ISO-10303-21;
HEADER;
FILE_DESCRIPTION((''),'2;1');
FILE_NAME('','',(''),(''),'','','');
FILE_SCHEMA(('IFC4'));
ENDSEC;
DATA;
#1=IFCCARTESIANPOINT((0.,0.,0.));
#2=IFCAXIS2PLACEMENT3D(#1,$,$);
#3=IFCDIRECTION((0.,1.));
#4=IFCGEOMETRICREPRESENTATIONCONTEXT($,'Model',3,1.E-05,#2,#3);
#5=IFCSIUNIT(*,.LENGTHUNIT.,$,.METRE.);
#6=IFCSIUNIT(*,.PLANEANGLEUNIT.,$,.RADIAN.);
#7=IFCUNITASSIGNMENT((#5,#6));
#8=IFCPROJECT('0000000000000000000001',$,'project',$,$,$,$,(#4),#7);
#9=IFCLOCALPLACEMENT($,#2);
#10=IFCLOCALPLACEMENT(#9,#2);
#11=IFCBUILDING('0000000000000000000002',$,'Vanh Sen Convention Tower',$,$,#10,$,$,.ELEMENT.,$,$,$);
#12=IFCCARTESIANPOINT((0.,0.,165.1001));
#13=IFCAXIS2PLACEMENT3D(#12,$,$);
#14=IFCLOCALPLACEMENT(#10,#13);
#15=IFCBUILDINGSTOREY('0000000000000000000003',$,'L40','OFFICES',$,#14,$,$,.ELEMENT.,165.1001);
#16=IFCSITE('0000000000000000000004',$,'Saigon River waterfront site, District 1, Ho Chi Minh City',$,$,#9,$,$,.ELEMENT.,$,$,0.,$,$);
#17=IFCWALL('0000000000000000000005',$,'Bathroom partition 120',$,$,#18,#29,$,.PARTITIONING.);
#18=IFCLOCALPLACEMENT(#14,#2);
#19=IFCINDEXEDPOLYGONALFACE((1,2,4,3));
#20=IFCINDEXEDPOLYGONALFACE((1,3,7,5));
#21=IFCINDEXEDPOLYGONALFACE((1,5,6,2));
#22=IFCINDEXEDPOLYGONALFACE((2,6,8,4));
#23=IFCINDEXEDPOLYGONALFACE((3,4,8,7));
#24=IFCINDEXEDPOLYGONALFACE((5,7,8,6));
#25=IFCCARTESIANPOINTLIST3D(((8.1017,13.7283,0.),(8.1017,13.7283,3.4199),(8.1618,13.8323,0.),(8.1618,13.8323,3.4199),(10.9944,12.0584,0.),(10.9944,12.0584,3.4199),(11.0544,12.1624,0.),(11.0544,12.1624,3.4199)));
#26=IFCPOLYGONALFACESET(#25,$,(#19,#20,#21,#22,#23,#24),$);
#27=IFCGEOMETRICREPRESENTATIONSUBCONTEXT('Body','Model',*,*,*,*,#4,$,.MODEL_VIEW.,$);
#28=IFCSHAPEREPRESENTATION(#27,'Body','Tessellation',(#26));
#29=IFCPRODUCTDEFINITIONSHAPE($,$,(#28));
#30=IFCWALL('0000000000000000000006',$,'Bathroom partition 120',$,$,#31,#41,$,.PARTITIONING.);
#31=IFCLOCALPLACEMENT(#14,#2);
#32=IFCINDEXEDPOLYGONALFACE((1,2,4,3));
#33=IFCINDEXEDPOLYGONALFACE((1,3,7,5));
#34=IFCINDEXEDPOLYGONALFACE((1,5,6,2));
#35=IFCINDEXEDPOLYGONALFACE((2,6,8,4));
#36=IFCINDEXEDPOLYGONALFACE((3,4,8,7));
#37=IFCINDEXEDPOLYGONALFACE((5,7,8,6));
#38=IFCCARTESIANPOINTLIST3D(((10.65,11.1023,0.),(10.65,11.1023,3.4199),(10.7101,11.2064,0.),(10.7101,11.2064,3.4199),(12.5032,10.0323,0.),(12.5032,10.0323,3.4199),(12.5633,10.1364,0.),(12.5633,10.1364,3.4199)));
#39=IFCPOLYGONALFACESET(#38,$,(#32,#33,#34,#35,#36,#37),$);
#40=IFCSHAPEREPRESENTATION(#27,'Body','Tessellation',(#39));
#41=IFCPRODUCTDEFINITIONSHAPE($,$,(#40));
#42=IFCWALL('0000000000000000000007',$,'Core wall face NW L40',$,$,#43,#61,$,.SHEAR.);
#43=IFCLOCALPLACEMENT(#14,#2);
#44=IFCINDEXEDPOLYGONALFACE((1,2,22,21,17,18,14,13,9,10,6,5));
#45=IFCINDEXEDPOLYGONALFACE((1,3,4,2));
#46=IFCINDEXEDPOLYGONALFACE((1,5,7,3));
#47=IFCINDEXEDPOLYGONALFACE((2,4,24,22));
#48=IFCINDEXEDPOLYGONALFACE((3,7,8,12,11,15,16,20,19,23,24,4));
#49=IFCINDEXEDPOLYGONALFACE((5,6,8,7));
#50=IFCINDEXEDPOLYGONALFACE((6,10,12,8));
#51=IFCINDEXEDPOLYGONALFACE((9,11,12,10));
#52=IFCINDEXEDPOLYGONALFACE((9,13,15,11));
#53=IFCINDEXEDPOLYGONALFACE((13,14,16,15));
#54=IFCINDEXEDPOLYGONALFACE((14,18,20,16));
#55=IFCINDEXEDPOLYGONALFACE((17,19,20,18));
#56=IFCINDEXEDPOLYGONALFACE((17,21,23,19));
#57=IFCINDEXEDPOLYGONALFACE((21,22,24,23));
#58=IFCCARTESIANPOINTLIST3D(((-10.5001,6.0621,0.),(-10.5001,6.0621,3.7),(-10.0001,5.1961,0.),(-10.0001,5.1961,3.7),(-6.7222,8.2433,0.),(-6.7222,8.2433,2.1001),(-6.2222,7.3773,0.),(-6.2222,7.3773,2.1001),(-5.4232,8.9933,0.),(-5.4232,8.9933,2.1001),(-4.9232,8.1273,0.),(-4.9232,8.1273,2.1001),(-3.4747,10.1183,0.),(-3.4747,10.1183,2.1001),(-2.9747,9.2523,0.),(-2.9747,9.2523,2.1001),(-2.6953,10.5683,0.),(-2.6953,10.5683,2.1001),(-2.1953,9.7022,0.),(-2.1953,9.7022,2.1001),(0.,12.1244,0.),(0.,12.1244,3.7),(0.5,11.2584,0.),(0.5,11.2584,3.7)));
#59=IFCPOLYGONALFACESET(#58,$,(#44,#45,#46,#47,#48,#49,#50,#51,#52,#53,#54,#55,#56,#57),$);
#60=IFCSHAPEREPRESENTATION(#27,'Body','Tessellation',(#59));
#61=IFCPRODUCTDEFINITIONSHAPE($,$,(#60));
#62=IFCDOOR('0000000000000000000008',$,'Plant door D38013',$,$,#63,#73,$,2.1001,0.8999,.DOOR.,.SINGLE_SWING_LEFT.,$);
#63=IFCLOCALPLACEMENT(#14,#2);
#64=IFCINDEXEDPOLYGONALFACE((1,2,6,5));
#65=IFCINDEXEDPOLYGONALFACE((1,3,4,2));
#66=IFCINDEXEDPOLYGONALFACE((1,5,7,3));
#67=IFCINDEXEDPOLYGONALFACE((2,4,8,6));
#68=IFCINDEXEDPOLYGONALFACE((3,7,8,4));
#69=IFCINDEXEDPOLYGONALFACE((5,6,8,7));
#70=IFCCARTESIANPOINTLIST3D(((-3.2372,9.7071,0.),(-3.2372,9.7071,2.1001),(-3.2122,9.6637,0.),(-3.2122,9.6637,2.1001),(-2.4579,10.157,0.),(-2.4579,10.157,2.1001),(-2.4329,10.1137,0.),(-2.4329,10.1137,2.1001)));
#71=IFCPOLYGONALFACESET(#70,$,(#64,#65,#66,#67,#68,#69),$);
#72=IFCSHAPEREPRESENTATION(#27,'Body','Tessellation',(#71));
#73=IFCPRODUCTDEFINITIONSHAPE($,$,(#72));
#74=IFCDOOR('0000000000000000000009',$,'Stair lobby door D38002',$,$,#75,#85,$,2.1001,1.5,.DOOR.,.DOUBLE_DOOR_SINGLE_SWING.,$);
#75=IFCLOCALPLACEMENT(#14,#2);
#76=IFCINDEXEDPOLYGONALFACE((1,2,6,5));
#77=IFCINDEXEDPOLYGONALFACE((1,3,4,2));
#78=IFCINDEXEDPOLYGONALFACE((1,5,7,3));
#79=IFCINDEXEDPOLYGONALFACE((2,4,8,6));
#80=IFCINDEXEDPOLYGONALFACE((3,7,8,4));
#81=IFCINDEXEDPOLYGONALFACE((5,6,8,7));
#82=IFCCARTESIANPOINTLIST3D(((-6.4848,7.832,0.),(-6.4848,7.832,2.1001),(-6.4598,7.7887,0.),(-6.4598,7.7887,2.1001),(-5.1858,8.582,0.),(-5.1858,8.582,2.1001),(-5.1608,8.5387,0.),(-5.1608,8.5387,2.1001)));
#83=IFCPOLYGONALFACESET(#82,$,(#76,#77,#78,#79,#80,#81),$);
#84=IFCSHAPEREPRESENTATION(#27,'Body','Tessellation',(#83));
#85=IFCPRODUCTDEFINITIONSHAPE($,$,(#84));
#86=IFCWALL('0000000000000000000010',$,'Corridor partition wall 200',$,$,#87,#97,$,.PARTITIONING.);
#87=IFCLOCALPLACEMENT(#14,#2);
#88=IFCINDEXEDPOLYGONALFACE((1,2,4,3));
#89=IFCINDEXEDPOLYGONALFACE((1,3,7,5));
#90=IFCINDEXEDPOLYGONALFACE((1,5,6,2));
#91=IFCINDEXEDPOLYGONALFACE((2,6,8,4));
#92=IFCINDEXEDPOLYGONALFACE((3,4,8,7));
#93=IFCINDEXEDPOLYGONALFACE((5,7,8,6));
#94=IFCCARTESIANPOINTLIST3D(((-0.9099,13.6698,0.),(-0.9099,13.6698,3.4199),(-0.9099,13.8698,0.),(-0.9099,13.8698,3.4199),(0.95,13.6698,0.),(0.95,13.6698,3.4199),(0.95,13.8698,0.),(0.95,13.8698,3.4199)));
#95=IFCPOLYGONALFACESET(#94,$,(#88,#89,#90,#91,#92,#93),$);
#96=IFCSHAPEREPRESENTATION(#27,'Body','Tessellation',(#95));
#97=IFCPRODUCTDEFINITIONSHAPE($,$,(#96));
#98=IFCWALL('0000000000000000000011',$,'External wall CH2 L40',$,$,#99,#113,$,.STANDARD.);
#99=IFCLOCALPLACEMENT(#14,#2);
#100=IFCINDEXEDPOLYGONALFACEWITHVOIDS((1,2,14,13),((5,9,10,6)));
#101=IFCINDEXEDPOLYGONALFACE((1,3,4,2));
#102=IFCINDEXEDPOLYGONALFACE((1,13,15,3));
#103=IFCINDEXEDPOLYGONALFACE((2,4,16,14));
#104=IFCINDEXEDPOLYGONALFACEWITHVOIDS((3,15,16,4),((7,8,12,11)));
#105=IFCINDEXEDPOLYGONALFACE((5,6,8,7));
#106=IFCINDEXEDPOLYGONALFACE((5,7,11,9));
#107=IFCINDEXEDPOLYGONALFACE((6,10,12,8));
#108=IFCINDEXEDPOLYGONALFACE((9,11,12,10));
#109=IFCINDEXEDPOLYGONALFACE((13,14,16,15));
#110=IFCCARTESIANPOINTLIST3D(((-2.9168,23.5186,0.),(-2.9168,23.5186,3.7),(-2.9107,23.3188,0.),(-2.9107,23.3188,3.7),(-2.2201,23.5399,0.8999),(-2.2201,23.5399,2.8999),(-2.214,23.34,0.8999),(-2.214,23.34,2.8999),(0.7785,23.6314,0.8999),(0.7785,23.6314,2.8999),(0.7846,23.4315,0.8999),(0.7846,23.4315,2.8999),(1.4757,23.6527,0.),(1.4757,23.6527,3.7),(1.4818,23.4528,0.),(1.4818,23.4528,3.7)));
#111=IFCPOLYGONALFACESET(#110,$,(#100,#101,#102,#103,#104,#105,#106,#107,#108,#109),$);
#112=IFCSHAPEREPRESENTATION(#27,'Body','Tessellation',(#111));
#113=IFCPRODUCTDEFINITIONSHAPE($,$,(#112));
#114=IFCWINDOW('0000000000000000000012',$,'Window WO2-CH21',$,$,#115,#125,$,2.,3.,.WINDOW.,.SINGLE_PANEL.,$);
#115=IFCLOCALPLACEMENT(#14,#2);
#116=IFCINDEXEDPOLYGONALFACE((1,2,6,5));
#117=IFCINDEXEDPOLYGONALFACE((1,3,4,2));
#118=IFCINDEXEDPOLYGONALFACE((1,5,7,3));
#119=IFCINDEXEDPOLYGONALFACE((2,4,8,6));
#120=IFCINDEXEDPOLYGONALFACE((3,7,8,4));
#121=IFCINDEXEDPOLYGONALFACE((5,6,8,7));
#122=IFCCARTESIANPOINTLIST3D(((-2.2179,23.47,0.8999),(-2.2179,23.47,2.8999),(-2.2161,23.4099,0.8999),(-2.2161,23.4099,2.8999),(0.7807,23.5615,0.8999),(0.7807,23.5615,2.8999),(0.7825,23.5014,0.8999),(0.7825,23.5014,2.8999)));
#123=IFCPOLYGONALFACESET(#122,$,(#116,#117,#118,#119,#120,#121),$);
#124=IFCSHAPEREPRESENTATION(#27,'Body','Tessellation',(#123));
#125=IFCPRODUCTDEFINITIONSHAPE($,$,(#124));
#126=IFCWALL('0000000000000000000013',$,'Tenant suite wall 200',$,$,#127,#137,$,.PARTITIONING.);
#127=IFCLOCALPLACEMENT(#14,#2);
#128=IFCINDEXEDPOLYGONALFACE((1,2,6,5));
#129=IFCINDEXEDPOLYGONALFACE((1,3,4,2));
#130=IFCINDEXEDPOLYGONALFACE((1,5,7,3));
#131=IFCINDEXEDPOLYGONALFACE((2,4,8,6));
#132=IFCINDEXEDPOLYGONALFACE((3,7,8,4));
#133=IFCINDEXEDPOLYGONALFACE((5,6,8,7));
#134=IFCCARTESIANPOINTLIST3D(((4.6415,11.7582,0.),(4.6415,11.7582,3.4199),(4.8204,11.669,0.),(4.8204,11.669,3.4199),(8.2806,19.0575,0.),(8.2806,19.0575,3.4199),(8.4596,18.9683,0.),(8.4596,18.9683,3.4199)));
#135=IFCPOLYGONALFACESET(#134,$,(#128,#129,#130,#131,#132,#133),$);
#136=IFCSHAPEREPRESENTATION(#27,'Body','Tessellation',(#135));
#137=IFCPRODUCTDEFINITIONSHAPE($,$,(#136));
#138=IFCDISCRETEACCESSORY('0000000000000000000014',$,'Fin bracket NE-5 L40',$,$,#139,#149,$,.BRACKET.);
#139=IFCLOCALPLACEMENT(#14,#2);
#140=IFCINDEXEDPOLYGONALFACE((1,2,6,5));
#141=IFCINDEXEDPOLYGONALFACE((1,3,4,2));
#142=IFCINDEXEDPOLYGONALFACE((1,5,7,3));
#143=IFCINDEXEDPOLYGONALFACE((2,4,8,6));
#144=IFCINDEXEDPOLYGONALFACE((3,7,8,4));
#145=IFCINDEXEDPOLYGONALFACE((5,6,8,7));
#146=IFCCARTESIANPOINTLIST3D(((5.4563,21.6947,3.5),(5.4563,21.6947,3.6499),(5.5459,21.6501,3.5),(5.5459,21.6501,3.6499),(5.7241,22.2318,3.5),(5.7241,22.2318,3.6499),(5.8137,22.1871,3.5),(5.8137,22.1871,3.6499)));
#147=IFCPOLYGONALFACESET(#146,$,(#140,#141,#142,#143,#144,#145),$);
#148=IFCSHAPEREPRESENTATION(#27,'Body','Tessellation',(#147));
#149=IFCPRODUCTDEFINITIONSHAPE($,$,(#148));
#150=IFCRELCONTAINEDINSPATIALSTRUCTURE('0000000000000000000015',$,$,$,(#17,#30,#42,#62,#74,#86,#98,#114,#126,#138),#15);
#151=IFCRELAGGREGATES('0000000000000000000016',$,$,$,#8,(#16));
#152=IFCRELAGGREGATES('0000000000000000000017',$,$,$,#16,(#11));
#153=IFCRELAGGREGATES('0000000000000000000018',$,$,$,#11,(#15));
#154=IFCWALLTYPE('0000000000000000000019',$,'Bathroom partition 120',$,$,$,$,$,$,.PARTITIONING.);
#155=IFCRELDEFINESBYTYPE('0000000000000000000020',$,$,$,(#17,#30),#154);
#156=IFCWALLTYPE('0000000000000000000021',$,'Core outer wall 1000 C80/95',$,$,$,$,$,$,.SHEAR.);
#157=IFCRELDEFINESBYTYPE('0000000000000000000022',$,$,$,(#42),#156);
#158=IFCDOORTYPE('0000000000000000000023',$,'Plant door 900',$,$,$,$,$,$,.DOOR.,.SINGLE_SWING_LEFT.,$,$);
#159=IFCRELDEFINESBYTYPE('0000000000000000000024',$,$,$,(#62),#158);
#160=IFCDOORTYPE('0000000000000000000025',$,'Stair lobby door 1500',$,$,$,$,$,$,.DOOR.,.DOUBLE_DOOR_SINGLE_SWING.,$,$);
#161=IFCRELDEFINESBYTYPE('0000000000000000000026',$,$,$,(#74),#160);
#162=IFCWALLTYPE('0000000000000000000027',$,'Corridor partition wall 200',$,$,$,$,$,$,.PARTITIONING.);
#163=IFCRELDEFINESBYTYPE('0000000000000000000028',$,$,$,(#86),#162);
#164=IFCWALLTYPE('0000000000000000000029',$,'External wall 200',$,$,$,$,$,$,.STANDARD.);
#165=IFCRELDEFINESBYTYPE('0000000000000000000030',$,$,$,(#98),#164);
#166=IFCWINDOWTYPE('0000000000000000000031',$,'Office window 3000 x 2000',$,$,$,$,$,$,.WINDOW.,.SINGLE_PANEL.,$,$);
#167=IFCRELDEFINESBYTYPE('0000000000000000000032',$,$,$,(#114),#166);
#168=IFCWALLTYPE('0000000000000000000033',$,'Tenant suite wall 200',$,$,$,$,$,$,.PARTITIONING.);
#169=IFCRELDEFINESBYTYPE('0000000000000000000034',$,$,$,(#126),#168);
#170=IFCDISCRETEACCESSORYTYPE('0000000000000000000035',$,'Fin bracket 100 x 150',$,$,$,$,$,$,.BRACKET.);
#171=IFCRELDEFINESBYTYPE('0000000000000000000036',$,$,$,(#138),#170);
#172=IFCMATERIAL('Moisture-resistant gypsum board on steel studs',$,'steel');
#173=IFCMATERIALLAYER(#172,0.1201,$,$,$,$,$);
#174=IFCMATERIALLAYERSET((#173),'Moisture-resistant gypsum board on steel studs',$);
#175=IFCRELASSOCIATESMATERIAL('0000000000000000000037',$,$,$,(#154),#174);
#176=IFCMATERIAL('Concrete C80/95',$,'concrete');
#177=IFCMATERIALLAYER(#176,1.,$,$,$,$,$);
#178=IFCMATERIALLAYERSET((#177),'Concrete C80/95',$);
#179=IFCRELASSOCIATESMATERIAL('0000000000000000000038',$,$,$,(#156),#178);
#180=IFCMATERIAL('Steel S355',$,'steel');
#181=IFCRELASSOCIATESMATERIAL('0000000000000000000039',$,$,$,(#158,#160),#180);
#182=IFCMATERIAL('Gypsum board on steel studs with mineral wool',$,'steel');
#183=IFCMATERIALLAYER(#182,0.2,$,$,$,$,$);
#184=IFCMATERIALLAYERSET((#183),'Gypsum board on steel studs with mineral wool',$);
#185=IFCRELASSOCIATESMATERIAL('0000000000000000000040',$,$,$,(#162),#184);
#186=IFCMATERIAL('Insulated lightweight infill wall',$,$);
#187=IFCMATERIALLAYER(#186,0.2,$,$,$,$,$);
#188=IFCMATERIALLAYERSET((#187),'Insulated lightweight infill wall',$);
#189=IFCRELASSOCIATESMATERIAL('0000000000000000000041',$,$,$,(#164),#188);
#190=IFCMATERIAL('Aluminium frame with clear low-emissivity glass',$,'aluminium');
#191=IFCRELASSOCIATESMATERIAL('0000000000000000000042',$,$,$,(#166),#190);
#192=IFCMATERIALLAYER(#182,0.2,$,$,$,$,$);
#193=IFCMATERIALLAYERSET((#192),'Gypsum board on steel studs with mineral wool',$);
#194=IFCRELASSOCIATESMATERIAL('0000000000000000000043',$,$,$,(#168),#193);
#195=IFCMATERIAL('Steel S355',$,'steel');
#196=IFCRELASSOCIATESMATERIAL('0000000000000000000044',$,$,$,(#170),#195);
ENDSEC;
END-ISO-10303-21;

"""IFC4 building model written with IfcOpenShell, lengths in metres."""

from ifc_helpers import new_model, si_unit, direction, frame, frame_2d, origin, origin_2d, place, context, subcontext, project, spatial, rectangle, extrude, material, layer, layer_set, type_object, element, fill, save


model = new_model("IFC4")

# Units and contexts
model_context = context("Model", 3, precision=1e-05, world=origin(), true_north=direction((0.0, 1.0)))
body_context = subcontext(model_context, "Body", "Model", "MODEL_VIEW")
ifc_project = project(units=[si_unit("LENGTHUNIT", "METRE"), si_unit("PLANEANGLEUNIT", "RADIAN")], contexts=[model_context])

# Site, building, storey
site_placement = place(None, origin())
site = spatial("IfcSite", under=ifc_project, at=site_placement, Name="Saigon River waterfront site, District 1, Ho Chi Minh City", CompositionType="ELEMENT", RefElevation=0.0)
building_placement = place(site_placement, origin())
building = spatial("IfcBuilding", under=site, at=building_placement, Name="Vanh Sen Convention Tower", CompositionType="ELEMENT")
storey_placement = place(building_placement, frame((0.0, 0.0, 165.1001)))
storey = spatial("IfcBuildingStorey", under=building, at=storey_placement, Name="L40", Description="OFFICES", CompositionType="ELEMENT", Elevation=165.1001)

# Shared definitions
ifc_material_1 = material(Name="Concrete C80/95", Category="concrete")

# Walls
ifc_material_2 = material(Name="Moisture-resistant gypsum board on steel studs", Category="steel")
ifc_layer_1 = layer(ifc_material_2, 0.1201)
ifc_layer_set_1 = layer_set([ifc_layer_1], Name="Moisture-resistant gypsum board on steel studs")
wall_type_1 = type_object("IfcWallType", Name="Bathroom partition 120", PredefinedType="PARTITIONING", material=ifc_layer_set_1)
wall_1_placement = place(storey_placement, frame((8.1318, 13.7803, 0.0), z_axis=(0.0, 0.0, 1.0), x_axis=(0.86604, -0.499976, 0.0)))
element("IfcWall", 1, at=wall_1_placement, inside=storey, type_object=wall_type_1, Name="Bathroom partition 120", PredefinedType="PARTITIONING", context=body_context, shape_type="SweptSolid", body=[
    extrude(rectangle(XDim=3.3401, YDim=0.1201, at=frame_2d((1.6699, 0.0))), origin(), (0.0, 0.0, 1.0), 3.4199),
])
wall_2_placement = place(storey_placement, frame((10.6802, 11.1543, 0.0), z_axis=(0.0, 0.0, 1.0), x_axis=(0.866009, -0.500029, 0.0)))
element("IfcWall", 2, at=wall_2_placement, inside=storey, type_object=wall_type_1, Name="Bathroom partition 120", PredefinedType="PARTITIONING", context=body_context, shape_type="SweptSolid", body=[
    extrude(rectangle(XDim=2.1399, YDim=0.1201, at=frame_2d((1.0698, 0.0))), origin(), (0.0, 0.0, 1.0), 3.4199),
])

# Wall, openings, doors
ifc_layer_2 = layer(ifc_material_1, 1.0)
ifc_layer_set_2 = layer_set([ifc_layer_2], Name="Concrete C80/95")
wall_type_2 = type_object("IfcWallType", Name="Core outer wall 1000 C80/95", PredefinedType="SHEAR", material=ifc_layer_set_2)
wall_3_placement = place(storey_placement, frame((0.25, 11.6914, 0.0), z_axis=(0.0, 0.0, 1.0), x_axis=(-0.866023, -0.500005, 0.0)))
wall_3 = element("IfcWall", 3, at=wall_3_placement, inside=storey, type_object=wall_type_2, Name="Core wall face NW L40", PredefinedType="SHEAR", context=body_context, shape_type="SweptSolid", body=[
    extrude(rectangle(XDim=12.1245, YDim=1.0, at=frame_2d((6.0623, 0.0))), origin(), (0.0, 0.0, 1.0), 3.7),
])
opening_1_placement = place(wall_3_placement, frame((6.2622, 0.0, 0.0)))
opening_1 = element("IfcOpeningElement", 4, at=opening_1_placement, cuts=wall_3, PredefinedType="OPENING", context=body_context, shape_type="SweptSolid", body=[
    extrude(rectangle(XDim=1.5, YDim=2.1001, at=frame_2d((0.75, 1.05))), frame((0.0, 0.51, 0.0), z_axis=(0.0, -1.0, 0.0), x_axis=(1.0, 0.0, 0.0)), (0.0, 0.0, 1.0), 1.02),
])
opening_2_placement = place(wall_3_placement, frame((3.1123, 0.0, 0.0)))
opening_2 = element("IfcOpeningElement", 5, at=opening_2_placement, cuts=wall_3, PredefinedType="OPENING", context=body_context, shape_type="SweptSolid", body=[
    extrude(rectangle(XDim=0.8999, YDim=2.1001, at=frame_2d((0.45, 1.05))), frame((0.0, 0.51, 0.0), z_axis=(0.0, -1.0, 0.0), x_axis=(1.0, 0.0, 0.0)), (0.0, 0.0, 1.0), 1.02),
])
ifc_material_3 = material(Name="Steel S355", Category="steel")
door_type_1 = type_object("IfcDoorType", Name="Plant door 900", OperationType="SINGLE_SWING_LEFT", PredefinedType="DOOR", material=ifc_material_3)
door_1_placement = place(opening_2_placement, origin())
door_1 = element("IfcDoor", 6, at=door_1_placement, inside=storey, type_object=door_type_1, Name="Plant door D38013", OperationType="SINGLE_SWING_LEFT", OverallHeight=2.1001, OverallWidth=0.8999, PredefinedType="DOOR", context=body_context, shape_type="SweptSolid", body=[
    extrude(rectangle(XDim=0.8999, YDim=2.1001, at=frame_2d((0.45, 1.05))), frame((0.0, 0.0249, 0.0), z_axis=(0.0, -1.0, 0.0), x_axis=(1.0, 0.0, 0.0)), (0.0, 0.0, 1.0), 0.05),
])
fill(opening_2, door_1)
door_type_2 = type_object("IfcDoorType", Name="Stair lobby door 1500", OperationType="DOUBLE_DOOR_SINGLE_SWING", PredefinedType="DOOR", material=ifc_material_3)
door_2_placement = place(opening_1_placement, origin())
door_2 = element("IfcDoor", 7, at=door_2_placement, inside=storey, type_object=door_type_2, Name="Stair lobby door D38002", OperationType="DOUBLE_DOOR_SINGLE_SWING", OverallHeight=2.1001, OverallWidth=1.5, PredefinedType="DOOR", context=body_context, shape_type="SweptSolid", body=[
    extrude(rectangle(XDim=1.5, YDim=2.1001, at=frame_2d((0.75, 1.05))), frame((0.0, 0.0249, 0.0), z_axis=(0.0, -1.0, 0.0), x_axis=(1.0, 0.0, 0.0)), (0.0, 0.0, 1.0), 0.05),
])
fill(opening_1, door_2)

# Wall
ifc_material_4 = material(Name="Gypsum board on steel studs with mineral wool", Category="steel")
ifc_layer_3 = layer(ifc_material_4, 0.2)
ifc_layer_set_3 = layer_set([ifc_layer_3], Name="Gypsum board on steel studs with mineral wool")
wall_type_3 = type_object("IfcWallType", Name="Corridor partition wall 200", PredefinedType="PARTITIONING", material=ifc_layer_set_3)
wall_4_placement = place(storey_placement, frame((0.95, 13.7698, 0.0), z_axis=(0.0, 0.0, 1.0), x_axis=(-1.0, 0.0, 0.0)))
element("IfcWall", 8, at=wall_4_placement, inside=storey, type_object=wall_type_3, Name="Corridor partition wall 200", PredefinedType="PARTITIONING", context=body_context, shape_type="SweptSolid", body=[
    extrude(rectangle(XDim=1.8599, YDim=0.2, at=frame_2d((0.9299, 0.0))), origin(), (0.0, 0.0, 1.0), 3.4199),
])

# Wall, opening, window
ifc_material_5 = material(Name="Insulated lightweight infill wall")
ifc_layer_4 = layer(ifc_material_5, 0.2)
ifc_layer_set_4 = layer_set([ifc_layer_4], Name="Insulated lightweight infill wall")
wall_type_4 = type_object("IfcWallType", Name="External wall 200", PredefinedType="STANDARD", material=ifc_layer_set_4)
wall_5_placement = place(storey_placement, frame((1.4788, 23.5527, 0.0), z_axis=(0.0, 0.0, 1.0), x_axis=(-0.999535, -0.030499, 0.0)))
wall_5 = element("IfcWall", 9, at=wall_5_placement, inside=storey, type_object=wall_type_4, Name="External wall CH2 L40", PredefinedType="STANDARD", context=body_context, shape_type="SweptSolid", body=[
    extrude(rectangle(XDim=4.3945, YDim=0.2, at=frame_2d((2.1973, 0.0))), origin(), (0.0, 0.0, 1.0), 3.7),
])
opening_3_placement = place(wall_5_placement, frame((0.6975, 0.0, 0.8999)))
opening_3 = element("IfcOpeningElement", 10, at=opening_3_placement, cuts=wall_5, PredefinedType="OPENING", context=body_context, shape_type="SweptSolid", body=[
    extrude(rectangle(XDim=3.0, YDim=2.0, at=frame_2d((1.5, 1.0))), frame((0.0, 0.1099, 0.0), z_axis=(0.0, -1.0, 0.0), x_axis=(1.0, 0.0, 0.0)), (0.0, 0.0, 1.0), 0.22),
])
ifc_material_6 = material(Name="Aluminium frame with clear low-emissivity glass", Category="aluminium")
window_type = type_object("IfcWindowType", Name="Office window 3000 x 2000", PartitioningType="SINGLE_PANEL", PredefinedType="WINDOW", material=ifc_material_6)
window_placement = place(opening_3_placement, origin())
window = element("IfcWindow", 11, at=window_placement, inside=storey, type_object=window_type, Name="Window WO2-CH21", OverallHeight=2.0, OverallWidth=3.0, PartitioningType="SINGLE_PANEL", PredefinedType="WINDOW", context=body_context, shape_type="SweptSolid", body=[
    extrude(rectangle(XDim=3.0, YDim=2.0, at=frame_2d((1.5, 1.0))), frame((0.0, 0.03, 0.0), z_axis=(0.0, -1.0, 0.0), x_axis=(1.0, 0.0, 0.0)), (0.0, 0.0, 1.0), 0.0601),
])
fill(opening_3, window)

# Wall
ifc_layer_5 = layer(ifc_material_4, 0.2)
ifc_layer_set_5 = layer_set([ifc_layer_5], Name="Gypsum board on steel studs with mineral wool")
wall_type_5 = type_object("IfcWallType", Name="Tenant suite wall 200", PredefinedType="PARTITIONING", material=ifc_layer_set_5)
wall_6_placement = place(storey_placement, frame((8.3701, 19.0129, 0.0), z_axis=(0.0, 0.0, 1.0), x_axis=(-0.446184, -0.894941, 0.0)))
element("IfcWall", 12, at=wall_6_placement, inside=storey, type_object=wall_type_5, Name="Tenant suite wall 200", PredefinedType="PARTITIONING", context=body_context, shape_type="SweptSolid", body=[
    extrude(rectangle(XDim=8.1562, YDim=0.2, at=frame_2d((4.0781, 0.0))), origin(), (0.0, 0.0, 1.0), 3.4199),
])

# Discrete accessory
ifc_material_7 = material(Name="Steel S355", Category="steel")
discrete_accessory_type = type_object("IfcDiscreteAccessoryType", Name="Fin bracket 100 x 150", PredefinedType="BRACKET", material=ifc_material_7)
discrete_accessory_placement = place(storey_placement, frame((5.635, 21.9409, 3.5), z_axis=(0.0, 0.0, 1.0), x_axis=(0.446198, 0.894934, 0.0)))
element("IfcDiscreteAccessory", 13, at=discrete_accessory_placement, inside=storey, type_object=discrete_accessory_type, Name="Fin bracket NE-5 L40", PredefinedType="BRACKET", context=body_context, shape_type="SweptSolid", body=[
    extrude(rectangle(XDim=0.6001, YDim=0.1001, at=origin_2d()), origin(), (0.0, 0.0, 1.0), 0.1499),
])

save(model, "model.ifc")
